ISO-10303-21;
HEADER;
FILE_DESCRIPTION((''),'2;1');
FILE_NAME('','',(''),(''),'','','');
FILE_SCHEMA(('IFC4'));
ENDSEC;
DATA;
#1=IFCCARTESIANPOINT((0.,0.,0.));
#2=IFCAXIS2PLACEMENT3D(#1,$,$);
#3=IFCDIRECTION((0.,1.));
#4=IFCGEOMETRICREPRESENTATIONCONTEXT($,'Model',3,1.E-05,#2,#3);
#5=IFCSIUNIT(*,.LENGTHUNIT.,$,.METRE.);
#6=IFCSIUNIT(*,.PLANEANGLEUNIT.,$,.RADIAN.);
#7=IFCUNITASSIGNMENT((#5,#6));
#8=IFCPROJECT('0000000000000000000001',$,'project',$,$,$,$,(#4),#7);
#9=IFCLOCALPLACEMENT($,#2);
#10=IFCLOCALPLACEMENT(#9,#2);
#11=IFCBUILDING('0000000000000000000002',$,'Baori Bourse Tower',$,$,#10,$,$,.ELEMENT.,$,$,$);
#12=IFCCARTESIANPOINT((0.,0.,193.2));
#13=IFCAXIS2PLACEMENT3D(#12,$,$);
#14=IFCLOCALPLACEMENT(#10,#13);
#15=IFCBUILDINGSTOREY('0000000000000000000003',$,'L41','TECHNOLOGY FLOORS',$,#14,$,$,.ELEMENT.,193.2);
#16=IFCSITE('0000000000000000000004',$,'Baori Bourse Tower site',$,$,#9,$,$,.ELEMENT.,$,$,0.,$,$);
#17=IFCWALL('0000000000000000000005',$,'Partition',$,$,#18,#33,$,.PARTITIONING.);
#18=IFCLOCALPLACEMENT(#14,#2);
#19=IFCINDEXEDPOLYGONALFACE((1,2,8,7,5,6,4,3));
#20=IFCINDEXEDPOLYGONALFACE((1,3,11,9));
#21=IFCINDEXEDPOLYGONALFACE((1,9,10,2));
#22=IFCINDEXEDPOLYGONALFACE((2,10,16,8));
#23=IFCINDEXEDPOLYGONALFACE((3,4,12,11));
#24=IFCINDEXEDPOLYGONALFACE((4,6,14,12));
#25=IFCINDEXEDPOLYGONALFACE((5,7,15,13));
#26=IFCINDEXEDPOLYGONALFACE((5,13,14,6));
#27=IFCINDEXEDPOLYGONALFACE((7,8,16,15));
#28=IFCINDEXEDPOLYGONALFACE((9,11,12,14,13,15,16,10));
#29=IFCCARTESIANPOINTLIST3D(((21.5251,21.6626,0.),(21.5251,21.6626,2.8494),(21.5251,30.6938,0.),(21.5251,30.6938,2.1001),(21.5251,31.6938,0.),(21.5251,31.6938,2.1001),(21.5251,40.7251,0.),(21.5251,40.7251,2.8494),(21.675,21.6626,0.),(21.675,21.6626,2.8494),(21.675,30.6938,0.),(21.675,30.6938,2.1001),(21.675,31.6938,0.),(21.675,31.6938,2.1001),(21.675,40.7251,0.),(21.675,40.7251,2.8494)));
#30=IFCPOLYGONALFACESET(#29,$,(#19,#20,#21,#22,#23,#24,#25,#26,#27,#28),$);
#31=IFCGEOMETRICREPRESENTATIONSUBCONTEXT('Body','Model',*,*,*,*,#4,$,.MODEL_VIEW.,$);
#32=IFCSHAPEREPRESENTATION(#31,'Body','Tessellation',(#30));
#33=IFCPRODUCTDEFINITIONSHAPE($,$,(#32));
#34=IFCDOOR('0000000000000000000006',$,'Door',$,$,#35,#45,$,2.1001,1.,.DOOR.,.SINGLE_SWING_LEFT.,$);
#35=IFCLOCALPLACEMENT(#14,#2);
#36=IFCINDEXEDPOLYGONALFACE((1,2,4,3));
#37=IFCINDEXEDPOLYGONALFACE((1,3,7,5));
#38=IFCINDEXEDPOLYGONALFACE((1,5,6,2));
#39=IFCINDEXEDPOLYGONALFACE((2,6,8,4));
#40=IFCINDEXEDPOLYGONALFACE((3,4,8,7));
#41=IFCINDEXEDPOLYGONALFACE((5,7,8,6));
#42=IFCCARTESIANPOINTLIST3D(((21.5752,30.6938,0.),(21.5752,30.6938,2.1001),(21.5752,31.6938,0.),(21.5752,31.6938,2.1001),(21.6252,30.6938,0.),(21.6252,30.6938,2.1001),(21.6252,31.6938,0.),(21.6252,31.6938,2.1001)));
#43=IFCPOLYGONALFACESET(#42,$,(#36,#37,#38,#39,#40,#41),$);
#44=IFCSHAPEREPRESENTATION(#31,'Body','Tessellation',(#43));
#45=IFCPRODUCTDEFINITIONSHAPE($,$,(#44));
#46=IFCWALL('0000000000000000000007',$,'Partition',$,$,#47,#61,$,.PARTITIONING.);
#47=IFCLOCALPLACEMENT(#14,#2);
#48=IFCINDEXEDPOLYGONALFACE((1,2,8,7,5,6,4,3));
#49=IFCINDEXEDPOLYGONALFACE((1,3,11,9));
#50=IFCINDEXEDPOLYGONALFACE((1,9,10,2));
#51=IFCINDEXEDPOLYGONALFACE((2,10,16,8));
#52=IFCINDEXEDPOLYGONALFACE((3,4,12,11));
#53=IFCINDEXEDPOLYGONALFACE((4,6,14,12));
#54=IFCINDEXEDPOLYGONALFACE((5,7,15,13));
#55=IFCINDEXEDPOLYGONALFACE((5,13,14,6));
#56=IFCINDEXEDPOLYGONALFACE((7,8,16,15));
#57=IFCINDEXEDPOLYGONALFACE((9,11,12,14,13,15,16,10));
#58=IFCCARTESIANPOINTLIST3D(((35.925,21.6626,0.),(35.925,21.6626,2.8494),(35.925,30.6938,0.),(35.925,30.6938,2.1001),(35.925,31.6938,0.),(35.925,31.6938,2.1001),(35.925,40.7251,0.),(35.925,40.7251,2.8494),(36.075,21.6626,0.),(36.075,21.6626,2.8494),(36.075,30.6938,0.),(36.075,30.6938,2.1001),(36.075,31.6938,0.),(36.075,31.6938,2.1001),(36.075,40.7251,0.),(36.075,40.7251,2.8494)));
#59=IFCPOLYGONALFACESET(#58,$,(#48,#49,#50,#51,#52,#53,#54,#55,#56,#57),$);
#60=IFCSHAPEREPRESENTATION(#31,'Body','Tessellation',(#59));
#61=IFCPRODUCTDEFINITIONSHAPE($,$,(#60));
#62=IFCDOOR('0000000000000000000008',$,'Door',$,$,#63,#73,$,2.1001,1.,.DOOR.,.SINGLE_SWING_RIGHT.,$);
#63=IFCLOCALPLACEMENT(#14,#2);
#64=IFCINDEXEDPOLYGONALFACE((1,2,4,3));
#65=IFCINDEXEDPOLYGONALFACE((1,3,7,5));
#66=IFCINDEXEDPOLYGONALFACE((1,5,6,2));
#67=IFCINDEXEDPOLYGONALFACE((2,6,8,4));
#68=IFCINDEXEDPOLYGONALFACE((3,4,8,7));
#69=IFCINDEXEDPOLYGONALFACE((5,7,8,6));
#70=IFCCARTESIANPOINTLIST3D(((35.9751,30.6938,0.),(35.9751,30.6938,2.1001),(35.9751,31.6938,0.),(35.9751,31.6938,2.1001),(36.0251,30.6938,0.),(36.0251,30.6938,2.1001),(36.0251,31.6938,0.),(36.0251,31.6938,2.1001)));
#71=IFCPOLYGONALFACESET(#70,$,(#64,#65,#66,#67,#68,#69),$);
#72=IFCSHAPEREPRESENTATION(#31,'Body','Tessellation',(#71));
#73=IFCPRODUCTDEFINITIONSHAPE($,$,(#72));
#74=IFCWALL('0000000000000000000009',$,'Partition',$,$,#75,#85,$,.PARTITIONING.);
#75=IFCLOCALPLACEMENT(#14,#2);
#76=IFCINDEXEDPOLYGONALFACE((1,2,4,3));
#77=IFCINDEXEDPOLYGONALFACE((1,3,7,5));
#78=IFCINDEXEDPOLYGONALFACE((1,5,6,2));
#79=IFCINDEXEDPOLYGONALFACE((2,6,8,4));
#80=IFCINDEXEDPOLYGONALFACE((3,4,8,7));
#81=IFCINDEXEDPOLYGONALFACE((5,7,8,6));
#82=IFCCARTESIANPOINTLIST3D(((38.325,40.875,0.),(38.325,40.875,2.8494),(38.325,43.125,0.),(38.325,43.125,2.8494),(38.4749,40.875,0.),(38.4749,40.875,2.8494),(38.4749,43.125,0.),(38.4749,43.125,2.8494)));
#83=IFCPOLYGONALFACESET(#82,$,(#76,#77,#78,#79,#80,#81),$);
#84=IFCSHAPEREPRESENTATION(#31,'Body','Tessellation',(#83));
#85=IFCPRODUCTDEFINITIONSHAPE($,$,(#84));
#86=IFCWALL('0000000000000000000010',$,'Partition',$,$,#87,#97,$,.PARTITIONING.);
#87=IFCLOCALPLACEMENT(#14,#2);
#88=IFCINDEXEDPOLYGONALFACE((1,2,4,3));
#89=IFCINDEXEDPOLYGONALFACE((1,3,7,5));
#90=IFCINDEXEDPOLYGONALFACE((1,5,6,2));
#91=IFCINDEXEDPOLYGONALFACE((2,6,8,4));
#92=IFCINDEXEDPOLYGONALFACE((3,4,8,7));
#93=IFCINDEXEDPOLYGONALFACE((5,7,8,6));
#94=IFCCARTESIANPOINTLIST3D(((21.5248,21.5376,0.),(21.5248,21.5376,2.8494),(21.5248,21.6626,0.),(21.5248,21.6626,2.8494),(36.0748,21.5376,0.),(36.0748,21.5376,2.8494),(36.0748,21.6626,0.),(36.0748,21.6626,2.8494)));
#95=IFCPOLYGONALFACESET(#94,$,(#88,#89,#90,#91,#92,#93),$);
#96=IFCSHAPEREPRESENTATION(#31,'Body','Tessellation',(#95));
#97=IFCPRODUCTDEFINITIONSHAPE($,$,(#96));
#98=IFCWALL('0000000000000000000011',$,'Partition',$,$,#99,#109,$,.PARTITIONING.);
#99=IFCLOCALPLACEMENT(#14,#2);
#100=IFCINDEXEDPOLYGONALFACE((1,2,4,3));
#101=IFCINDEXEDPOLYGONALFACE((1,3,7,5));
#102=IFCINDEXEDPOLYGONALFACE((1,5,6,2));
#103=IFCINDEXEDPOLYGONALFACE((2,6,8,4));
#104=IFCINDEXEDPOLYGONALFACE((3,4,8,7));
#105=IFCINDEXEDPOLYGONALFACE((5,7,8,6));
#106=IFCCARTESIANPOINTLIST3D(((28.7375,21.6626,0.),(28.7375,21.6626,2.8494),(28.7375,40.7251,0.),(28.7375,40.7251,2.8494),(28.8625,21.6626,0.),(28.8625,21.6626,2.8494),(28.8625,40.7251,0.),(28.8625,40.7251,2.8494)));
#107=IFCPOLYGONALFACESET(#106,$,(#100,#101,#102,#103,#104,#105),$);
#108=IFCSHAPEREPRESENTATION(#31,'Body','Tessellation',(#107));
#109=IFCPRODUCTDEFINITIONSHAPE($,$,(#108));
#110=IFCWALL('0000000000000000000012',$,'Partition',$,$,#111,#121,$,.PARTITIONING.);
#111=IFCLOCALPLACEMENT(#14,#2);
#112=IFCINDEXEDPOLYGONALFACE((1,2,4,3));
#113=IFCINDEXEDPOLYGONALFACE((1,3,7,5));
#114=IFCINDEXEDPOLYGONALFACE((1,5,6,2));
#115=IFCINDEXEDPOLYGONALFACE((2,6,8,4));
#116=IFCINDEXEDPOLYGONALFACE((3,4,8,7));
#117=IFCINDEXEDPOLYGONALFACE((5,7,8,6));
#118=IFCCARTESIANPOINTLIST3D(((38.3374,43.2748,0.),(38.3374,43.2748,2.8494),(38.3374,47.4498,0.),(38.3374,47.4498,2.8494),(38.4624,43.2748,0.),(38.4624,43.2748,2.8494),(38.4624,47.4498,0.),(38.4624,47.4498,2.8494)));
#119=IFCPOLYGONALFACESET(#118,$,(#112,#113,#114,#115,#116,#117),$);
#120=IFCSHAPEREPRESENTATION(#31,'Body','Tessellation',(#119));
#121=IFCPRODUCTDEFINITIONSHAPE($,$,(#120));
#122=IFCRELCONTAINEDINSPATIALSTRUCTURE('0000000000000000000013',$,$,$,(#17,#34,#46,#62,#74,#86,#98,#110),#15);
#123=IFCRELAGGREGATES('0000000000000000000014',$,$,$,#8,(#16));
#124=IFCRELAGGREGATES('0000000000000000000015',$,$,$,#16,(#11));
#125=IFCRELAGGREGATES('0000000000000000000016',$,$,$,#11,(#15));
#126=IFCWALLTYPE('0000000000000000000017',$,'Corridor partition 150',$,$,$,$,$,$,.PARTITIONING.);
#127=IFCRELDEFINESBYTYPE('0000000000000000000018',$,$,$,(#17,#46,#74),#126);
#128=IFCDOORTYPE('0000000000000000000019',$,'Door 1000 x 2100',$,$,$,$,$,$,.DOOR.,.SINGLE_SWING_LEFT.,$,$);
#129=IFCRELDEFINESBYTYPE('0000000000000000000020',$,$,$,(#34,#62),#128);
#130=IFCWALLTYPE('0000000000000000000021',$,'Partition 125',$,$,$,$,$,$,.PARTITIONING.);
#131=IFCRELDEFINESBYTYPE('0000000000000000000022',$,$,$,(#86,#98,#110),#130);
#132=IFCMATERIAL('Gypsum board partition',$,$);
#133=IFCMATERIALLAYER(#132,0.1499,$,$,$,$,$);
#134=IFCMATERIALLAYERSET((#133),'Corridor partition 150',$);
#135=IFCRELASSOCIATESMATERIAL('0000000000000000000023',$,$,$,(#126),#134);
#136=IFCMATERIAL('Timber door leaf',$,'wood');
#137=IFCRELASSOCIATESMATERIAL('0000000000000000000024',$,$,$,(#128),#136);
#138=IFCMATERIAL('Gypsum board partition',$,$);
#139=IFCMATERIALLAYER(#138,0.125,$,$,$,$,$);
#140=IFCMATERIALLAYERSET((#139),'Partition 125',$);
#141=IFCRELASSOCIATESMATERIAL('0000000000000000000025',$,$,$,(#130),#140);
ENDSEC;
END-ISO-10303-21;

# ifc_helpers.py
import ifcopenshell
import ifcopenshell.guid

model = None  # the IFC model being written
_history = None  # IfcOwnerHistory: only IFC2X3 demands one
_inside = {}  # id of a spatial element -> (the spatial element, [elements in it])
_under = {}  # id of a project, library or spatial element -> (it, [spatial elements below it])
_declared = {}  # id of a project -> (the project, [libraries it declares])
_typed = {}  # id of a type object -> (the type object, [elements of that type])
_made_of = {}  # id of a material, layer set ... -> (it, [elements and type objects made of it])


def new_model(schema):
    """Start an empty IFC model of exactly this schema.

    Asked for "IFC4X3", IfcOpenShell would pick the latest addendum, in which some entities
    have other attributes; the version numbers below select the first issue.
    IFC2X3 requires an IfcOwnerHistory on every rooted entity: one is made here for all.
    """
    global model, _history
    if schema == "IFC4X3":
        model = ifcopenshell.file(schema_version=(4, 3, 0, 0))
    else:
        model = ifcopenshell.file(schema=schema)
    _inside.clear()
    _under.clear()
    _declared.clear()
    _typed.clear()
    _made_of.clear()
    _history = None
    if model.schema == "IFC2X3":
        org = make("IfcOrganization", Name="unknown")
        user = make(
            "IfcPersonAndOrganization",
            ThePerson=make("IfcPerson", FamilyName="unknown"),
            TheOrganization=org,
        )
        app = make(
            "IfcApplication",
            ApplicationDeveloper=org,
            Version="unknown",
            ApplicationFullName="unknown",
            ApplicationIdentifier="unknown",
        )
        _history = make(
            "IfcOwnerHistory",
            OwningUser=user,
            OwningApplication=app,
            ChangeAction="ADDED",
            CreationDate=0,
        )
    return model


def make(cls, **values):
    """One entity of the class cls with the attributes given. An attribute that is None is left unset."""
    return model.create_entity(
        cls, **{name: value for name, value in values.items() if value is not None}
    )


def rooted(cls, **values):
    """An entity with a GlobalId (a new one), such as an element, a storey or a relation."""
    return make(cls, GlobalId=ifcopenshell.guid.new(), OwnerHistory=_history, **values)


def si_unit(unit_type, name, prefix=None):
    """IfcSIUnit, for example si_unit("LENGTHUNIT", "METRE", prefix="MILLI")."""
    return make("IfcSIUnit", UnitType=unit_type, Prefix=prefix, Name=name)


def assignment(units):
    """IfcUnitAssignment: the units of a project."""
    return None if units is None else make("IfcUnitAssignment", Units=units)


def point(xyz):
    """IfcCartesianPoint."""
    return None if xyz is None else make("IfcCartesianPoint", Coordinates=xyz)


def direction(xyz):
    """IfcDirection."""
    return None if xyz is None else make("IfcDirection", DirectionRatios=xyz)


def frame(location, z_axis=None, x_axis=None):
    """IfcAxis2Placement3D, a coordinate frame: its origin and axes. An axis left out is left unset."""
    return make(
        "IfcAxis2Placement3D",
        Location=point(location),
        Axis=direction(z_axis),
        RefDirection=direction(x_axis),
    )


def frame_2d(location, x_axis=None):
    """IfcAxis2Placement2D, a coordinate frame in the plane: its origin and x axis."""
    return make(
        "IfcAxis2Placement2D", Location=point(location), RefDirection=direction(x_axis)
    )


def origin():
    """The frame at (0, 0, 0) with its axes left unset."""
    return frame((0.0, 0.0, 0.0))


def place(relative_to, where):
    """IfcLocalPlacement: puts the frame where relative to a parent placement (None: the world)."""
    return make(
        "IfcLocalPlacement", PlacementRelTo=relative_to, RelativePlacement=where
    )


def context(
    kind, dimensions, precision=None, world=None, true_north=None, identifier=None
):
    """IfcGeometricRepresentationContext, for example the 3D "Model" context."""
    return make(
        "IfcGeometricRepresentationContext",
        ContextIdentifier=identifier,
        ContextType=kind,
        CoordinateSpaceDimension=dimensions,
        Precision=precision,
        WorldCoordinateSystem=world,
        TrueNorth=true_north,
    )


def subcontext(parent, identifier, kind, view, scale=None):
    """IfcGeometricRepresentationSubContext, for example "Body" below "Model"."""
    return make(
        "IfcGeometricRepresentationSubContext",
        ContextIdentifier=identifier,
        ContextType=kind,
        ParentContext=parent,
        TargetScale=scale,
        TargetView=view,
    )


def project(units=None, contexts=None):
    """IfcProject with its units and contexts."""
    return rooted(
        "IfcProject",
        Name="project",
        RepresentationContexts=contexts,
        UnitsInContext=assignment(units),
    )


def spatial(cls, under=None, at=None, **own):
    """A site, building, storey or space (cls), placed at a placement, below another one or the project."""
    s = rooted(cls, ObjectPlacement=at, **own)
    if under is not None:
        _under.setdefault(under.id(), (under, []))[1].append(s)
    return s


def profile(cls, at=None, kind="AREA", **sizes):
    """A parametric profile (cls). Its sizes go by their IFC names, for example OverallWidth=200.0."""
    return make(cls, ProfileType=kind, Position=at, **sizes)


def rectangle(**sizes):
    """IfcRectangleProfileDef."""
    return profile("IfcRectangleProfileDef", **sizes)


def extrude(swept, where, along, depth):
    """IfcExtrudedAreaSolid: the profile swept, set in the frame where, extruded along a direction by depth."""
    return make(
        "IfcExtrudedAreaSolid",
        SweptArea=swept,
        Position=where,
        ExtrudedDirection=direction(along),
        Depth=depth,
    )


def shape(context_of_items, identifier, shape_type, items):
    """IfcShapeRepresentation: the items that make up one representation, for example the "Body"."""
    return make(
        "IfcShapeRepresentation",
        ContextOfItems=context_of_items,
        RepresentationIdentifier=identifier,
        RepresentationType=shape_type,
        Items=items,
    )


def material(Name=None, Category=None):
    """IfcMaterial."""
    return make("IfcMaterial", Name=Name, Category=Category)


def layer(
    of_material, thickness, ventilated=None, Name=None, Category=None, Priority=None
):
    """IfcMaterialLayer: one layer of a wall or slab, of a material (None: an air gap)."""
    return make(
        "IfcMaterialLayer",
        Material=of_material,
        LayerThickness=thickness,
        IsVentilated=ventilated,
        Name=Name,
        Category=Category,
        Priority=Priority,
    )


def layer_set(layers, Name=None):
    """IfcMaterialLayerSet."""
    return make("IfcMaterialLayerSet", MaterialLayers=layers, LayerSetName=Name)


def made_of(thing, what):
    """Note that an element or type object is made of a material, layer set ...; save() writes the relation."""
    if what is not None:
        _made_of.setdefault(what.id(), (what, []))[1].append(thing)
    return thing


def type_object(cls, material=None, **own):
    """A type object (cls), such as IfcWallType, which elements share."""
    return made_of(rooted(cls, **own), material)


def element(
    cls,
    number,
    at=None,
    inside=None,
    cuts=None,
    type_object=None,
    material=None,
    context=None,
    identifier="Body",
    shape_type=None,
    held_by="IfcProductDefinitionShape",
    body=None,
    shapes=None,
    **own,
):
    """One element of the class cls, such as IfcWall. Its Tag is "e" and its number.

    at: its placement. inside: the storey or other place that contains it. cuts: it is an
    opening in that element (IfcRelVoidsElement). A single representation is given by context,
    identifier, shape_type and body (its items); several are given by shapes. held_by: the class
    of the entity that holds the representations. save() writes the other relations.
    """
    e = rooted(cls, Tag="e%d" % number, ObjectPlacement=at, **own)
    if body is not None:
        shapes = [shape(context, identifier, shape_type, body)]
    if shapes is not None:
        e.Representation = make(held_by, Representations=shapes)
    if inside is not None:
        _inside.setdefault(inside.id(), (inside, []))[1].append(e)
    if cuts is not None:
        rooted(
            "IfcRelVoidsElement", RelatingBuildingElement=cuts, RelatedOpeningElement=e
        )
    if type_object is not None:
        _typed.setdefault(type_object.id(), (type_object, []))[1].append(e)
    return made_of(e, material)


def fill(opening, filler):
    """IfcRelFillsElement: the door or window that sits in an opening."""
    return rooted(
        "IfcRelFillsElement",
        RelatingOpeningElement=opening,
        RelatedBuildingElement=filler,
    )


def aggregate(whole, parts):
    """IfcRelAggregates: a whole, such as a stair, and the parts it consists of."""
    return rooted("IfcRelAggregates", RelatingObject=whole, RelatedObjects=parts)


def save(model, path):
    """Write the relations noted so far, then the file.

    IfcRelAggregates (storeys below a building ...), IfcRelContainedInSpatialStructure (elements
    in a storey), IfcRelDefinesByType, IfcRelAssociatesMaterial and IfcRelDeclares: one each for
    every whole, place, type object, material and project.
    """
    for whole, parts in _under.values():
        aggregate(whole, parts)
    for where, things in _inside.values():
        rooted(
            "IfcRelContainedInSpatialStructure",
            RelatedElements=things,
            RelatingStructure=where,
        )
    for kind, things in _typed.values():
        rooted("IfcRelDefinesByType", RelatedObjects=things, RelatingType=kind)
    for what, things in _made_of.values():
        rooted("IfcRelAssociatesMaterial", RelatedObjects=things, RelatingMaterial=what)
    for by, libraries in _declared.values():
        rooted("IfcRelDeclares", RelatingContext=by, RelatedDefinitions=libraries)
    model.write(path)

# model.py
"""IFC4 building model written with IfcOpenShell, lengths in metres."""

from ifc_helpers import new_model, si_unit, direction, frame, frame_2d, origin, place, context, subcontext, project, spatial, rectangle, extrude, material, layer, layer_set, type_object, element, fill, save


model = new_model("IFC4")

# Units and contexts
model_context = context("Model", 3, precision=1e-05, world=origin(), true_north=direction((0.0, 1.0)))
body_context = subcontext(model_context, "Body", "Model", "MODEL_VIEW")
ifc_project = project(units=[si_unit("LENGTHUNIT", "METRE"), si_unit("PLANEANGLEUNIT", "RADIAN")], contexts=[model_context])

# Site, building, storey
site_placement = place(None, origin())
site = spatial("IfcSite", under=ifc_project, at=site_placement, Name="Baori Bourse Tower site", CompositionType="ELEMENT", RefElevation=0.0)
building_placement = place(site_placement, origin())
building = spatial("IfcBuilding", under=site, at=building_placement, Name="Baori Bourse Tower", CompositionType="ELEMENT")
storey_placement = place(building_placement, frame((0.0, 0.0, 193.2)))
storey = spatial("IfcBuildingStorey", under=building, at=storey_placement, Name="L41", Description="TECHNOLOGY FLOORS", CompositionType="ELEMENT", Elevation=193.2)

# Shared definitions
ifc_material_1 = material(Name="Gypsum board partition")
ifc_layer_1 = layer(ifc_material_1, 0.1499)
ifc_layer_set_1 = layer_set([ifc_layer_1], Name="Corridor partition 150")
wall_type_1 = type_object("IfcWallType", Name="Corridor partition 150", PredefinedType="PARTITIONING", material=ifc_layer_set_1)

# Walls, openings, doors
ifc_material_2 = material(Name="Timber door leaf", Category="wood")
door_type_1 = type_object("IfcDoorType", Name="Door 1000 x 2100", OperationType="SINGLE_SWING_LEFT", PredefinedType="DOOR", material=ifc_material_2)
wall_1_placement = place(storey_placement, frame((21.6001, 21.6626, 0.0), z_axis=(0.0, 0.0, 1.0), x_axis=(0.0, 1.0, 0.0)))
wall_1 = element("IfcWall", 1, at=wall_1_placement, inside=storey, type_object=wall_type_1, Name="Partition", PredefinedType="PARTITIONING", context=body_context, shape_type="SweptSolid", body=[
    extrude(rectangle(XDim=19.0625, YDim=0.1499, at=frame_2d((9.5312, 0.0))), origin(), (0.0, 0.0, 1.0), 2.8494),
])
opening_1_placement = place(wall_1_placement, frame((9.0312, 0.0, 0.0)))
opening_1 = element("IfcOpeningElement", 2, at=opening_1_placement, cuts=wall_1, PredefinedType="OPENING", context=body_context, shape_type="SweptSolid", body=[
    extrude(rectangle(XDim=1.0, YDim=2.1001, at=frame_2d((0.5, 1.05))), frame((0.0, 0.085, 0.0), z_axis=(0.0, -1.0, 0.0), x_axis=(1.0, 0.0, 0.0)), (0.0, 0.0, 1.0), 0.1699),
])
door_1_placement = place(opening_1_placement, origin())
door_1 = element("IfcDoor", 3, at=door_1_placement, inside=storey, type_object=door_type_1, Name="Door", OperationType="SINGLE_SWING_LEFT", OverallHeight=2.1001, OverallWidth=1.0, PredefinedType="DOOR", context=body_context, shape_type="SweptSolid", body=[
    extrude(rectangle(XDim=1.0, YDim=2.1001, at=frame_2d((0.5, 1.05))), frame((0.0, 0.0249, 0.0), z_axis=(0.0, -1.0, 0.0), x_axis=(1.0, 0.0, 0.0)), (0.0, 0.0, 1.0), 0.05),
])
fill(opening_1, door_1)
wall_2_placement = place(storey_placement, frame((36.0, 21.6626, 0.0), z_axis=(0.0, 0.0, 1.0), x_axis=(0.0, 1.0, 0.0)))
wall_2 = element("IfcWall", 4, at=wall_2_placement, inside=storey, type_object=wall_type_1, Name="Partition", PredefinedType="PARTITIONING", context=body_context, shape_type="SweptSolid", body=[
    extrude(rectangle(XDim=19.0625, YDim=0.1499, at=frame_2d((9.5312, 0.0))), origin(), (0.0, 0.0, 1.0), 2.8494),
])
opening_2_placement = place(wall_2_placement, frame((9.0312, 0.0, 0.0)))
opening_2 = element("IfcOpeningElement", 5, at=opening_2_placement, cuts=wall_2, PredefinedType="OPENING", context=body_context, shape_type="SweptSolid", body=[
    extrude(rectangle(XDim=1.0, YDim=2.1001, at=frame_2d((0.5, 1.05))), frame((0.0, 0.085, 0.0), z_axis=(0.0, -1.0, 0.0), x_axis=(1.0, 0.0, 0.0)), (0.0, 0.0, 1.0), 0.1699),
])
door_2_placement = place(opening_2_placement, origin())
door_2 = element("IfcDoor", 6, at=door_2_placement, inside=storey, type_object=door_type_1, Name="Door", OperationType="SINGLE_SWING_RIGHT", OverallHeight=2.1001, OverallWidth=1.0, PredefinedType="DOOR", context=body_context, shape_type="SweptSolid", body=[
    extrude(rectangle(XDim=1.0, YDim=2.1001, at=frame_2d((0.5, 1.05))), frame((0.0, 0.0249, 0.0), z_axis=(0.0, -1.0, 0.0), x_axis=(1.0, 0.0, 0.0)), (0.0, 0.0, 1.0), 0.05),
])
fill(opening_2, door_2)

# Walls
wall_3_placement = place(storey_placement, frame((38.3999, 40.875, 0.0), z_axis=(0.0, 0.0, 1.0), x_axis=(0.0, 1.0, 0.0)))
element("IfcWall", 7, at=wall_3_placement, inside=storey, type_object=wall_type_1, Name="Partition", PredefinedType="PARTITIONING", context=body_context, shape_type="SweptSolid", body=[
    extrude(rectangle(XDim=2.25, YDim=0.1499, at=frame_2d((1.125, 0.0))), origin(), (0.0, 0.0, 1.0), 2.8494),
])
ifc_material_3 = material(Name="Gypsum board partition")
ifc_layer_2 = layer(ifc_material_3, 0.125)
ifc_layer_set_2 = layer_set([ifc_layer_2], Name="Partition 125")
wall_type_2 = type_object("IfcWallType", Name="Partition 125", PredefinedType="PARTITIONING", material=ifc_layer_set_2)
wall_4_placement = place(storey_placement, frame((21.5249, 21.6001, 0.0), z_axis=(0.0, 0.0, 1.0), x_axis=(1.0, 0.0, 0.0)))
element("IfcWall", 8, at=wall_4_placement, inside=storey, type_object=wall_type_2, Name="Partition", PredefinedType="PARTITIONING", context=body_context, shape_type="SweptSolid", body=[
    extrude(rectangle(XDim=14.55, YDim=0.125, at=frame_2d((7.2749, 0.0))), origin(), (0.0, 0.0, 1.0), 2.8494),
])
wall_5_placement = place(storey_placement, frame((28.8, 21.6626, 0.0), z_axis=(0.0, 0.0, 1.0), x_axis=(0.0, 1.0, 0.0)))
element("IfcWall", 9, at=wall_5_placement, inside=storey, type_object=wall_type_2, Name="Partition", PredefinedType="PARTITIONING", context=body_context, shape_type="SweptSolid", body=[
    extrude(rectangle(XDim=19.0625, YDim=0.125, at=frame_2d((9.5312, 0.0))), origin(), (0.0, 0.0, 1.0), 2.8494),
])
wall_6_placement = place(storey_placement, frame((38.3999, 43.2749, 0.0), z_axis=(0.0, 0.0, 1.0), x_axis=(0.0, 1.0, 0.0)))
element("IfcWall", 10, at=wall_6_placement, inside=storey, type_object=wall_type_2, Name="Partition", PredefinedType="PARTITIONING", context=body_context, shape_type="SweptSolid", body=[
    extrude(rectangle(XDim=4.175, YDim=0.125, at=frame_2d((2.0874, 0.0))), origin(), (0.0, 0.0, 1.0), 2.8494),
])

save(model, "model.ifc")
